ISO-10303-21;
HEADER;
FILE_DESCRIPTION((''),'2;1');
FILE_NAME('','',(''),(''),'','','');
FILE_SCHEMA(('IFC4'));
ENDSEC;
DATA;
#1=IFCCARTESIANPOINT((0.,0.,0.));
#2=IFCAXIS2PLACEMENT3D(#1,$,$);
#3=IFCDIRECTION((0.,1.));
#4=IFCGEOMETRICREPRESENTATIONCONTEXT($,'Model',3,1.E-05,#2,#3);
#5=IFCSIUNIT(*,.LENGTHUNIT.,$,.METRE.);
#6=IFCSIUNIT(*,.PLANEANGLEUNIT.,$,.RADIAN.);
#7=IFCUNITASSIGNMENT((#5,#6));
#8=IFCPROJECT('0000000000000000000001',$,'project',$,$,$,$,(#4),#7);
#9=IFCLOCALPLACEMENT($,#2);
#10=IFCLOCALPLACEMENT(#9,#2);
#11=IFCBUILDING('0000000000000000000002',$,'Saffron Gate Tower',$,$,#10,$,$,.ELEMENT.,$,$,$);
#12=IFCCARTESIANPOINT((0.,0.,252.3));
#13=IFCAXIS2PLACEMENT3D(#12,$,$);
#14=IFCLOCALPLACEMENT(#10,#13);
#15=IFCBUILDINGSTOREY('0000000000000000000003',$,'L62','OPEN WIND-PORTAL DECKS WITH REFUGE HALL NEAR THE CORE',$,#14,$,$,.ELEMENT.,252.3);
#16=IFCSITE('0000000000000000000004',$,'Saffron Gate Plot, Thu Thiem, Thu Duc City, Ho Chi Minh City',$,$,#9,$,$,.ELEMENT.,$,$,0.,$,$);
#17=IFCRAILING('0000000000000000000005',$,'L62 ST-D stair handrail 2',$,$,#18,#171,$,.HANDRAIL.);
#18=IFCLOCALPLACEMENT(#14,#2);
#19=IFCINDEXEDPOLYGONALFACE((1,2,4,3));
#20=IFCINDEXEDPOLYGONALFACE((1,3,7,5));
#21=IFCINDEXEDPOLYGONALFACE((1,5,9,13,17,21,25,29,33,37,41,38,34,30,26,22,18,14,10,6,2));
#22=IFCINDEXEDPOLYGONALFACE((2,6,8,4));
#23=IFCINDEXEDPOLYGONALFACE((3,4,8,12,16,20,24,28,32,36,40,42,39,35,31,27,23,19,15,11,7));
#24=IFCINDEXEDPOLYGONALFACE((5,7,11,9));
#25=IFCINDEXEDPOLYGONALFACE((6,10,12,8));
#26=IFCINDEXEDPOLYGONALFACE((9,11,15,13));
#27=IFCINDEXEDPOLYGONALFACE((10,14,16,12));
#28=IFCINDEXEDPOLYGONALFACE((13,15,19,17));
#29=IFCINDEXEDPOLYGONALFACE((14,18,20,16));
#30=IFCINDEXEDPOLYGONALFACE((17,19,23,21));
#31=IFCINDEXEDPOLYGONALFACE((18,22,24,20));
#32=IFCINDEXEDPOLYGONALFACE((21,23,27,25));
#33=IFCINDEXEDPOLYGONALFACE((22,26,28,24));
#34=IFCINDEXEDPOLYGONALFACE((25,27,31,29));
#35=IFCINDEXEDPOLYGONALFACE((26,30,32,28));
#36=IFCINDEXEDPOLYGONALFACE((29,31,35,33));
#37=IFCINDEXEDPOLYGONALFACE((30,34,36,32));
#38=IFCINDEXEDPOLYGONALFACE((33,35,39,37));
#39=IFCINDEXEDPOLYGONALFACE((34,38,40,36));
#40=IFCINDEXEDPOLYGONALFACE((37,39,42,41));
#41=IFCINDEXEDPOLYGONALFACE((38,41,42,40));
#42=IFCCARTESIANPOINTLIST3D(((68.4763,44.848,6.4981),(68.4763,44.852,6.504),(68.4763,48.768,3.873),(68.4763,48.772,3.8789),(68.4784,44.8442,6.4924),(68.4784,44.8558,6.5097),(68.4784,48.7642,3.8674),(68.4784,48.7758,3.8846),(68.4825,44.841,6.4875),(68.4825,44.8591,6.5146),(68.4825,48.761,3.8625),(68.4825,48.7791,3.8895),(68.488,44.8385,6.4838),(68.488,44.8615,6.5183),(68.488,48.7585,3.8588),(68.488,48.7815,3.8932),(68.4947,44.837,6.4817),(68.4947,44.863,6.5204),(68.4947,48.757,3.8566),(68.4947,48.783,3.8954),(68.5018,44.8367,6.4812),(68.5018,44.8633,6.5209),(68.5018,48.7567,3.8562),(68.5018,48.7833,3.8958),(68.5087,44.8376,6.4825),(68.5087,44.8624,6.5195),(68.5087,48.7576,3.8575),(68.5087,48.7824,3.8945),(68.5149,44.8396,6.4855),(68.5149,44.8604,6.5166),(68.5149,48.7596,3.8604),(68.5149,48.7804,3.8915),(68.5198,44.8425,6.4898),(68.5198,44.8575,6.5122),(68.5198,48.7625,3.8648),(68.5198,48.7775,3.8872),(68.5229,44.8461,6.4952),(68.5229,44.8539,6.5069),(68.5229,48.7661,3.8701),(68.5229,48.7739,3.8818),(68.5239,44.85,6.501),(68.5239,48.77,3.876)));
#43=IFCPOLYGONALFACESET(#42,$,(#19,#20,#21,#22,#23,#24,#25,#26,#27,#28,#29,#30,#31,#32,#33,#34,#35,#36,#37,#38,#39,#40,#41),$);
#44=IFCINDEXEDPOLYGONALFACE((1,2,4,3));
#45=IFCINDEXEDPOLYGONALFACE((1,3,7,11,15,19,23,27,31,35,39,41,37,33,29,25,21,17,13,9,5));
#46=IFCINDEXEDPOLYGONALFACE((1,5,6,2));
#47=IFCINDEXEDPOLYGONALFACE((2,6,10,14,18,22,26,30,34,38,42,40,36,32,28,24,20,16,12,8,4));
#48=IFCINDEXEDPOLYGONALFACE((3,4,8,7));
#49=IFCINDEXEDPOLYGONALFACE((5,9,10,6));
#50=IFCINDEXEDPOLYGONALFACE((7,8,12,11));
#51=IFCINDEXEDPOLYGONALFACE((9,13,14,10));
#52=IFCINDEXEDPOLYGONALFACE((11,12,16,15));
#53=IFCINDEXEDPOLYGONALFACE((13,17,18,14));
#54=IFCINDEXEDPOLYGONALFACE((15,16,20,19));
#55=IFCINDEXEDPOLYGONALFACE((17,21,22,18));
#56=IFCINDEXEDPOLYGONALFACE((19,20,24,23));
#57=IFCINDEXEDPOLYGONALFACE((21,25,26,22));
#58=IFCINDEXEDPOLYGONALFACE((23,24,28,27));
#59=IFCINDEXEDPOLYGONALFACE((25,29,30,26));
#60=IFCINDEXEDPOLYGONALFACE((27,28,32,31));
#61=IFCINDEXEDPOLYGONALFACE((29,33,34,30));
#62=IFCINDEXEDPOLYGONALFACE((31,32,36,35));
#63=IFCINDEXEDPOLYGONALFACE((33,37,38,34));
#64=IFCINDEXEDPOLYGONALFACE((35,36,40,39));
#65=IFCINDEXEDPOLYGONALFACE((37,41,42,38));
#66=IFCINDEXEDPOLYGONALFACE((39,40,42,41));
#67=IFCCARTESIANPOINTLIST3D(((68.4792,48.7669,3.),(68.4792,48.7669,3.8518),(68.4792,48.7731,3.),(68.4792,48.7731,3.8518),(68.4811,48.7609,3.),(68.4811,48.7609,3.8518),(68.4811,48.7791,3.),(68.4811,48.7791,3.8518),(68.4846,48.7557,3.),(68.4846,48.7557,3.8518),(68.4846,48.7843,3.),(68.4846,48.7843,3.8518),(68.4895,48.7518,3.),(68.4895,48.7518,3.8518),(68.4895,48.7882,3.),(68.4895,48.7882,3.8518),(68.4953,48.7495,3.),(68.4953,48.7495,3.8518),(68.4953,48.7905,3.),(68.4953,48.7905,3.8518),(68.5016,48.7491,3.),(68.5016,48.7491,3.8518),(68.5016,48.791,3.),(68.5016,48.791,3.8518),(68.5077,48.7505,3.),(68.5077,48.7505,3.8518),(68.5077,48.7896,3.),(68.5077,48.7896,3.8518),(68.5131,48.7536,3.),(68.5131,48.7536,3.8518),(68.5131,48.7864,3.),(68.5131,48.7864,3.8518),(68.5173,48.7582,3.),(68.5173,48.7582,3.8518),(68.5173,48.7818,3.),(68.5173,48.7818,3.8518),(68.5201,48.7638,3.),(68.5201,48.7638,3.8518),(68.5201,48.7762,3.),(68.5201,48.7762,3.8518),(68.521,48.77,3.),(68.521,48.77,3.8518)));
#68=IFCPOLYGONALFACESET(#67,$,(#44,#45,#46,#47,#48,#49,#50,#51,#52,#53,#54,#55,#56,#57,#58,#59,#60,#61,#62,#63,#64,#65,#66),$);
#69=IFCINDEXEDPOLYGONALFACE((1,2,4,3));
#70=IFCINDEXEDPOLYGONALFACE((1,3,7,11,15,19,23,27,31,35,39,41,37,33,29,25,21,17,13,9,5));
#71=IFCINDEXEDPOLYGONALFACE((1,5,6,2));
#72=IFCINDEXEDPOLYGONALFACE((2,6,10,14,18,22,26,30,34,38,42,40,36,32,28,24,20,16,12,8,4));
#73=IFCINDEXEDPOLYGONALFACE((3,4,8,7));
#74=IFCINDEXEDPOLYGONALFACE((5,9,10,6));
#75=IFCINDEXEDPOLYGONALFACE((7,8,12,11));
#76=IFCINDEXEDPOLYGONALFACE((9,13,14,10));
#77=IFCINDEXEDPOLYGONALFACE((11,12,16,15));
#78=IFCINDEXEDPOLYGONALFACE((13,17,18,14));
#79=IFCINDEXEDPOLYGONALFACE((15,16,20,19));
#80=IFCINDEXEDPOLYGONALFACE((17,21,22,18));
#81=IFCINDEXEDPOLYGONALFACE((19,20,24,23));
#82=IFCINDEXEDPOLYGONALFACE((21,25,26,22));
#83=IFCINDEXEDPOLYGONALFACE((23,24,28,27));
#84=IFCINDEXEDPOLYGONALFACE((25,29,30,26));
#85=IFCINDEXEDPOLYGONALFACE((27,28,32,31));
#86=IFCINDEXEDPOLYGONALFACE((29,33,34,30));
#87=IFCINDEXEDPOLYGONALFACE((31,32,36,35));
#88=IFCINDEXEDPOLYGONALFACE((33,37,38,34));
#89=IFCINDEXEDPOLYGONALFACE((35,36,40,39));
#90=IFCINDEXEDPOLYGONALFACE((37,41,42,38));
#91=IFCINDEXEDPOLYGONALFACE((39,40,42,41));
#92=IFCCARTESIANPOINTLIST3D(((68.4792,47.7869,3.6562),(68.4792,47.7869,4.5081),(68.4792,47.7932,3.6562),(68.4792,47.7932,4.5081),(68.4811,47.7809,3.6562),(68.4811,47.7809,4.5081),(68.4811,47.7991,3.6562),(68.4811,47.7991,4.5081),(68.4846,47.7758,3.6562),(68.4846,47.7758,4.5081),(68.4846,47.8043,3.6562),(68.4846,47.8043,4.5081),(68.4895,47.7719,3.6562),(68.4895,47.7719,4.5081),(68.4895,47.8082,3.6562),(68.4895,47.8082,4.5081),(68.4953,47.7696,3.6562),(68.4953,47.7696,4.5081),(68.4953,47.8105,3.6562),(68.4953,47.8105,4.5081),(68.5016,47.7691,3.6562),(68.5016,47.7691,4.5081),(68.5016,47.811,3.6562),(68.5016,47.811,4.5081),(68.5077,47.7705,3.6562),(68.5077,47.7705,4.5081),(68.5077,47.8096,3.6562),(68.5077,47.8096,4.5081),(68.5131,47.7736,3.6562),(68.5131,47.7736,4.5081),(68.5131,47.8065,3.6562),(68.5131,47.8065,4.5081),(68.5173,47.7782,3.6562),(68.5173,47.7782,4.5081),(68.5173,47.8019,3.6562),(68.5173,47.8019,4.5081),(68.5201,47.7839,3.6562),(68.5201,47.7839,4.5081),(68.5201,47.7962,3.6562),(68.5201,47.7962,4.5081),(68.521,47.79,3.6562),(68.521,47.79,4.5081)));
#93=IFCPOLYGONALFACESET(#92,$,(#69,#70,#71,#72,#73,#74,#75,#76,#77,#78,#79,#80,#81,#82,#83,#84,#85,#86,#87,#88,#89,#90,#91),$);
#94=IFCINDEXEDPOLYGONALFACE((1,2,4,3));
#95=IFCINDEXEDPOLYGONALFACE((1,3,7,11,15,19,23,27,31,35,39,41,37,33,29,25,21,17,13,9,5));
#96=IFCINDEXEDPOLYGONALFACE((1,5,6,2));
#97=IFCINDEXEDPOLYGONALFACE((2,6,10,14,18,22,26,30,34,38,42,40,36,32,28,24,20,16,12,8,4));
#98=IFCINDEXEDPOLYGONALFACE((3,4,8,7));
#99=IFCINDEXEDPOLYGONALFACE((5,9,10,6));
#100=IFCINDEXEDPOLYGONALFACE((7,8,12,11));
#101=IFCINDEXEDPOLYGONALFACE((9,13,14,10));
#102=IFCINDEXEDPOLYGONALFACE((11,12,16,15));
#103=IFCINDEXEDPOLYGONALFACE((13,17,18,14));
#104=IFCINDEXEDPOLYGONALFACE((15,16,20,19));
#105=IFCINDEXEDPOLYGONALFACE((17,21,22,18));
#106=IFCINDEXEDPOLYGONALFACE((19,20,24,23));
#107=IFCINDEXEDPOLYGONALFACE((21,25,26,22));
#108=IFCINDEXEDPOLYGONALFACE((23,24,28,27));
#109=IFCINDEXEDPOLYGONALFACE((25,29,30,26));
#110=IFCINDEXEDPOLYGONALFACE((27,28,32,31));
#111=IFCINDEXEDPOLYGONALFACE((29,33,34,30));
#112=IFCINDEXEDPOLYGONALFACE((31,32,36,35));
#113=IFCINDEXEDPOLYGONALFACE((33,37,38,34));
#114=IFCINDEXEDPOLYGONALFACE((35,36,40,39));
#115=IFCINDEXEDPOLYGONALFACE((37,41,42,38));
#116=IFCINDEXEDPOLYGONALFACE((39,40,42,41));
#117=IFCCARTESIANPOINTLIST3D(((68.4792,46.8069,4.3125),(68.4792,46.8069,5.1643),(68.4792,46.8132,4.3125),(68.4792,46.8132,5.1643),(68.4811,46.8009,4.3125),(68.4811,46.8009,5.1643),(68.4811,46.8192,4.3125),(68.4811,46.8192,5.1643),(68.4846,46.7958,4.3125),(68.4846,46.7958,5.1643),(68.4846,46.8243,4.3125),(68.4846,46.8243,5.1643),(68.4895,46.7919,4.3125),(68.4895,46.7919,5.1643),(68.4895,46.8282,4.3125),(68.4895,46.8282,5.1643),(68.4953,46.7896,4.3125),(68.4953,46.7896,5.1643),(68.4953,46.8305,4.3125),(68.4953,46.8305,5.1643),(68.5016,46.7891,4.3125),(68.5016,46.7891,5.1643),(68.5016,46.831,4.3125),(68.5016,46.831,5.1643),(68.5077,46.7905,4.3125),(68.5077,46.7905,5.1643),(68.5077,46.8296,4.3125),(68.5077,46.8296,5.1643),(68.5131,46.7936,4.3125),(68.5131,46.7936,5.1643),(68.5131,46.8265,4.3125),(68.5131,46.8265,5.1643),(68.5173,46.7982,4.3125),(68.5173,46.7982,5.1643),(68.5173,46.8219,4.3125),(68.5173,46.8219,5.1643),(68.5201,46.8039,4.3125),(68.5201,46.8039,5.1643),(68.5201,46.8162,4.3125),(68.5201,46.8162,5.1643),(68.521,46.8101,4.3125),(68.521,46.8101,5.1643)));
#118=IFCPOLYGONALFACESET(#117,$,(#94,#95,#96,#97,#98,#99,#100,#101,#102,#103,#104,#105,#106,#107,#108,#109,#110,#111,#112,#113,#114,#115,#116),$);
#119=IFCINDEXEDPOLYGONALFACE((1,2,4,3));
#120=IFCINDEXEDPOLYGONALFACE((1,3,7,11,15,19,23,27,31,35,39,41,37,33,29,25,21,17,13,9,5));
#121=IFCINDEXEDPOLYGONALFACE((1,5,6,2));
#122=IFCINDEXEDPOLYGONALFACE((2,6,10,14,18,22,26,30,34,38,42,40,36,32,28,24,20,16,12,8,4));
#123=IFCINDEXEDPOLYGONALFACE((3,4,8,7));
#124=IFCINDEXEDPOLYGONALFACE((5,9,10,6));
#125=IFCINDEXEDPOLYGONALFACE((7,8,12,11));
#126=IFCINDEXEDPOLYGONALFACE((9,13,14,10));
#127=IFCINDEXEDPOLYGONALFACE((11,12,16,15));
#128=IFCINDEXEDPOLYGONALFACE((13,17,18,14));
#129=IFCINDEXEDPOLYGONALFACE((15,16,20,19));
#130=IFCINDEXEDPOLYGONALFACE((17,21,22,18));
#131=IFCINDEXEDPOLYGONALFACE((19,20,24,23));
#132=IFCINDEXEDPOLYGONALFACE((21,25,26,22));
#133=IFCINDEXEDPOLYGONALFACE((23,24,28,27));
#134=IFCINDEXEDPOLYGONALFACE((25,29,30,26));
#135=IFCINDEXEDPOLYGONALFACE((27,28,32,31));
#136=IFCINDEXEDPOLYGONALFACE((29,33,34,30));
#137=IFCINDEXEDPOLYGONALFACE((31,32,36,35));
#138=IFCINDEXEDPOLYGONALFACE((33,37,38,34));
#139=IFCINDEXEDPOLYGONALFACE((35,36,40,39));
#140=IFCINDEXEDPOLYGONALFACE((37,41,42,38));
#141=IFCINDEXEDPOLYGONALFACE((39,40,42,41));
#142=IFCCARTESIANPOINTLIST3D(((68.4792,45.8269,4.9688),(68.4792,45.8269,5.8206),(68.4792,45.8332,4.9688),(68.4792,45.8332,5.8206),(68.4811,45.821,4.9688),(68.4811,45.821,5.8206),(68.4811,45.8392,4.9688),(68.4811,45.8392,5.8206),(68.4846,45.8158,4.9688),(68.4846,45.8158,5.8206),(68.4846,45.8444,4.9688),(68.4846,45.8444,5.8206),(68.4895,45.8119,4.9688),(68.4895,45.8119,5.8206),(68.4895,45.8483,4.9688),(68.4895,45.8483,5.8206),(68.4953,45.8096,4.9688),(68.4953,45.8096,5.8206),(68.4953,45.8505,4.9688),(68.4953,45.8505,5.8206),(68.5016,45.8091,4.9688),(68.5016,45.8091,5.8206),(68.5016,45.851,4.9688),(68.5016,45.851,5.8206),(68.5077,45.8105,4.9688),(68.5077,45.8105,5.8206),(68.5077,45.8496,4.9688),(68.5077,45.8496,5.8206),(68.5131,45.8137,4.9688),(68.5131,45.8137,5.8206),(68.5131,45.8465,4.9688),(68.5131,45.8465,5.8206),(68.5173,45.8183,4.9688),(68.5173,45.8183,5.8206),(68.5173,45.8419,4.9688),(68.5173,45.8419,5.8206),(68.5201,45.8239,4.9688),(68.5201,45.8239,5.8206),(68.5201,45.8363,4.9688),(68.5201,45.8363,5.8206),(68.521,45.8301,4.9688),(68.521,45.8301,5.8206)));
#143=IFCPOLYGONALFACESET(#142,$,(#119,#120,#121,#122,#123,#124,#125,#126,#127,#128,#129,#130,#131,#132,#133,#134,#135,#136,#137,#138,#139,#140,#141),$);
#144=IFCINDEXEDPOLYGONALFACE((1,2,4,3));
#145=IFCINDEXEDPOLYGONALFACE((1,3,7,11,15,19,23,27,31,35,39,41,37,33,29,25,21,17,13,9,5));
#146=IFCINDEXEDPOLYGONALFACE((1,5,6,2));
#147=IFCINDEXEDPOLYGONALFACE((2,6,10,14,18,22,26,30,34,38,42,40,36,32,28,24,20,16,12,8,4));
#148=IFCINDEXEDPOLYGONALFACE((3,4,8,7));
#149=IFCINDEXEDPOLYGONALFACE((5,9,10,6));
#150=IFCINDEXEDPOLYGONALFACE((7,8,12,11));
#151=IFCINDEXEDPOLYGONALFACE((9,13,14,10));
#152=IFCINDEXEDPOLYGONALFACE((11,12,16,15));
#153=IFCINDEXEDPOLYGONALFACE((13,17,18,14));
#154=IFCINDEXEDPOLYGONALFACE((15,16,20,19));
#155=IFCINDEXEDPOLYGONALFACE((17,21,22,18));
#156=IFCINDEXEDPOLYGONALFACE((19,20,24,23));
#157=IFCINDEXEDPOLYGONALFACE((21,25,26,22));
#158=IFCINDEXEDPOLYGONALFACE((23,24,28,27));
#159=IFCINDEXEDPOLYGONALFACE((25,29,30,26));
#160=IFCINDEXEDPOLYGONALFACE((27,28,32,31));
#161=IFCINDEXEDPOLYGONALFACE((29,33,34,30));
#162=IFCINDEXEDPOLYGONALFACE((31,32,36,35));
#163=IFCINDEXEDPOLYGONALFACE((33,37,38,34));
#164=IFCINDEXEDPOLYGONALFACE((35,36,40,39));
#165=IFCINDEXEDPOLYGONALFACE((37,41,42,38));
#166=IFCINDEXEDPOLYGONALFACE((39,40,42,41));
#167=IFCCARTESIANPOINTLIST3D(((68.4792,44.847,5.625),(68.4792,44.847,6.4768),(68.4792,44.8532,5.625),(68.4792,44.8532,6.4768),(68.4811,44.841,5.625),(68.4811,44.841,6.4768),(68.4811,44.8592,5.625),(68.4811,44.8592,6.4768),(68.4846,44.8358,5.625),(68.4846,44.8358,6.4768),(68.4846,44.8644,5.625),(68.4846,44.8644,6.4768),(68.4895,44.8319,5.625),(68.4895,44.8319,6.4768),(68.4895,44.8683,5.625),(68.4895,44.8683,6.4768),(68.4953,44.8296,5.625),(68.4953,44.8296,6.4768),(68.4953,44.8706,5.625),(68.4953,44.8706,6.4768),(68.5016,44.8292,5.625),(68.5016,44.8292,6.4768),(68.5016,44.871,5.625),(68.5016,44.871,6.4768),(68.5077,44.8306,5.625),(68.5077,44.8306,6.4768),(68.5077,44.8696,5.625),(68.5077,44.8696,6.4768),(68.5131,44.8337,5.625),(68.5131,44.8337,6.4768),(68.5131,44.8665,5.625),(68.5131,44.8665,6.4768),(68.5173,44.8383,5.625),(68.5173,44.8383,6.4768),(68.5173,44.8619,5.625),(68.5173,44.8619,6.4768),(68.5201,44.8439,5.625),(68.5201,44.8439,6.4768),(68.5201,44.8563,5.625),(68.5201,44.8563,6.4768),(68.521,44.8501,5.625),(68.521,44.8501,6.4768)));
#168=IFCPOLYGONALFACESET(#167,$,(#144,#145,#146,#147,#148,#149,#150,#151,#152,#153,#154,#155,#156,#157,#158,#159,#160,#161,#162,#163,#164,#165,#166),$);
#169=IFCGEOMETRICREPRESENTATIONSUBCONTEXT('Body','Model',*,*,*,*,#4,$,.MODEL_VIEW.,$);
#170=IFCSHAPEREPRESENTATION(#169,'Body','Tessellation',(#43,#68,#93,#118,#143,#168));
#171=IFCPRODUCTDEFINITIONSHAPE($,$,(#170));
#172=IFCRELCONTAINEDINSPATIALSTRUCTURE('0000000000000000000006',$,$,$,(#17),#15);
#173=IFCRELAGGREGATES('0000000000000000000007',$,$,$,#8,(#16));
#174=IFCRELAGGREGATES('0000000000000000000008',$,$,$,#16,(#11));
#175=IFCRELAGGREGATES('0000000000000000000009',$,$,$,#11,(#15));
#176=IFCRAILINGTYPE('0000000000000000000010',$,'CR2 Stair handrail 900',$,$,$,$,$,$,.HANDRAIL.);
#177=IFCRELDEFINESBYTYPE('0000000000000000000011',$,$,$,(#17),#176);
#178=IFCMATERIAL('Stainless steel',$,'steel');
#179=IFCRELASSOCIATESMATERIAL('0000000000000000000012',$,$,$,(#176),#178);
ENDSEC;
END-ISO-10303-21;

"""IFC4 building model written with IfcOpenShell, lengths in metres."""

from ifc_helpers import new_model, si_unit, direction, frame, origin, origin_2d, place, context, subcontext, project, spatial, circle, extrude, material, type_object, element, save


model = new_model("IFC4")

# Units and contexts
model_context = context("Model", 3, precision=1e-05, world=origin(), true_north=direction((0.0, 1.0)))
body_context = subcontext(model_context, "Body", "Model", "MODEL_VIEW")
ifc_project = project(units=[si_unit("LENGTHUNIT", "METRE"), si_unit("PLANEANGLEUNIT", "RADIAN")], contexts=[model_context])

# Site, building, storey
site_placement = place(None, origin())
site = spatial("IfcSite", under=ifc_project, at=site_placement, Name="Saffron Gate Plot, Thu Thiem, Thu Duc City, Ho Chi Minh City", CompositionType="ELEMENT", RefElevation=0.0)
building_placement = place(site_placement, origin())
building = spatial("IfcBuilding", under=site, at=building_placement, Name="Saffron Gate Tower", CompositionType="ELEMENT")
storey_placement = place(building_placement, frame((0.0, 0.0, 252.3)))
storey = spatial("IfcBuildingStorey", under=building, at=storey_placement, Name="L62", Description="OPEN WIND-PORTAL DECKS WITH REFUGE HALL NEAR THE CORE", CompositionType="ELEMENT", Elevation=252.3)

# Railing
ifc_material_1 = material(Name="Stainless steel", Category="steel")
railing_type_1 = type_object("IfcRailingType", Name="CR2 Stair handrail 900", PredefinedType="HANDRAIL", material=ifc_material_1)
railing_1_placement = place(storey_placement, frame((68.5, 48.77, 3.0)))
element("IfcRailing", 1, at=railing_1_placement, inside=storey, type_object=railing_type_1, Name="L62 ST-D stair handrail 2", PredefinedType="HANDRAIL", context=body_context, shape_type="SweptSolid", body=[
    extrude(circle(Radius=0.0239, at=origin_2d()), frame((0.0, 0.0, 0.876), z_axis=(0.0, -0.830902, 0.556419), x_axis=(1.0, 0.0, 0.0)), (0.0, 0.0, 1.0), 4.7178),
    extrude(circle(Radius=0.021, at=origin_2d()), origin(), (0.0, 0.0, 1.0), 0.8518),
    extrude(circle(Radius=0.021, at=origin_2d()), frame((0.0, -0.98, 0.6562)), (0.0, 0.0, 1.0), 0.8518),
    extrude(circle(Radius=0.021, at=origin_2d()), frame((0.0, -1.96, 1.3125)), (0.0, 0.0, 1.0), 0.8518),
    extrude(circle(Radius=0.021, at=origin_2d()), frame((0.0, -2.9399, 1.9688)), (0.0, 0.0, 1.0), 0.8518),
    extrude(circle(Radius=0.021, at=origin_2d()), frame((0.0, -3.9199, 2.625)), (0.0, 0.0, 1.0), 0.8518),
])

save(model, "model.ifc")
